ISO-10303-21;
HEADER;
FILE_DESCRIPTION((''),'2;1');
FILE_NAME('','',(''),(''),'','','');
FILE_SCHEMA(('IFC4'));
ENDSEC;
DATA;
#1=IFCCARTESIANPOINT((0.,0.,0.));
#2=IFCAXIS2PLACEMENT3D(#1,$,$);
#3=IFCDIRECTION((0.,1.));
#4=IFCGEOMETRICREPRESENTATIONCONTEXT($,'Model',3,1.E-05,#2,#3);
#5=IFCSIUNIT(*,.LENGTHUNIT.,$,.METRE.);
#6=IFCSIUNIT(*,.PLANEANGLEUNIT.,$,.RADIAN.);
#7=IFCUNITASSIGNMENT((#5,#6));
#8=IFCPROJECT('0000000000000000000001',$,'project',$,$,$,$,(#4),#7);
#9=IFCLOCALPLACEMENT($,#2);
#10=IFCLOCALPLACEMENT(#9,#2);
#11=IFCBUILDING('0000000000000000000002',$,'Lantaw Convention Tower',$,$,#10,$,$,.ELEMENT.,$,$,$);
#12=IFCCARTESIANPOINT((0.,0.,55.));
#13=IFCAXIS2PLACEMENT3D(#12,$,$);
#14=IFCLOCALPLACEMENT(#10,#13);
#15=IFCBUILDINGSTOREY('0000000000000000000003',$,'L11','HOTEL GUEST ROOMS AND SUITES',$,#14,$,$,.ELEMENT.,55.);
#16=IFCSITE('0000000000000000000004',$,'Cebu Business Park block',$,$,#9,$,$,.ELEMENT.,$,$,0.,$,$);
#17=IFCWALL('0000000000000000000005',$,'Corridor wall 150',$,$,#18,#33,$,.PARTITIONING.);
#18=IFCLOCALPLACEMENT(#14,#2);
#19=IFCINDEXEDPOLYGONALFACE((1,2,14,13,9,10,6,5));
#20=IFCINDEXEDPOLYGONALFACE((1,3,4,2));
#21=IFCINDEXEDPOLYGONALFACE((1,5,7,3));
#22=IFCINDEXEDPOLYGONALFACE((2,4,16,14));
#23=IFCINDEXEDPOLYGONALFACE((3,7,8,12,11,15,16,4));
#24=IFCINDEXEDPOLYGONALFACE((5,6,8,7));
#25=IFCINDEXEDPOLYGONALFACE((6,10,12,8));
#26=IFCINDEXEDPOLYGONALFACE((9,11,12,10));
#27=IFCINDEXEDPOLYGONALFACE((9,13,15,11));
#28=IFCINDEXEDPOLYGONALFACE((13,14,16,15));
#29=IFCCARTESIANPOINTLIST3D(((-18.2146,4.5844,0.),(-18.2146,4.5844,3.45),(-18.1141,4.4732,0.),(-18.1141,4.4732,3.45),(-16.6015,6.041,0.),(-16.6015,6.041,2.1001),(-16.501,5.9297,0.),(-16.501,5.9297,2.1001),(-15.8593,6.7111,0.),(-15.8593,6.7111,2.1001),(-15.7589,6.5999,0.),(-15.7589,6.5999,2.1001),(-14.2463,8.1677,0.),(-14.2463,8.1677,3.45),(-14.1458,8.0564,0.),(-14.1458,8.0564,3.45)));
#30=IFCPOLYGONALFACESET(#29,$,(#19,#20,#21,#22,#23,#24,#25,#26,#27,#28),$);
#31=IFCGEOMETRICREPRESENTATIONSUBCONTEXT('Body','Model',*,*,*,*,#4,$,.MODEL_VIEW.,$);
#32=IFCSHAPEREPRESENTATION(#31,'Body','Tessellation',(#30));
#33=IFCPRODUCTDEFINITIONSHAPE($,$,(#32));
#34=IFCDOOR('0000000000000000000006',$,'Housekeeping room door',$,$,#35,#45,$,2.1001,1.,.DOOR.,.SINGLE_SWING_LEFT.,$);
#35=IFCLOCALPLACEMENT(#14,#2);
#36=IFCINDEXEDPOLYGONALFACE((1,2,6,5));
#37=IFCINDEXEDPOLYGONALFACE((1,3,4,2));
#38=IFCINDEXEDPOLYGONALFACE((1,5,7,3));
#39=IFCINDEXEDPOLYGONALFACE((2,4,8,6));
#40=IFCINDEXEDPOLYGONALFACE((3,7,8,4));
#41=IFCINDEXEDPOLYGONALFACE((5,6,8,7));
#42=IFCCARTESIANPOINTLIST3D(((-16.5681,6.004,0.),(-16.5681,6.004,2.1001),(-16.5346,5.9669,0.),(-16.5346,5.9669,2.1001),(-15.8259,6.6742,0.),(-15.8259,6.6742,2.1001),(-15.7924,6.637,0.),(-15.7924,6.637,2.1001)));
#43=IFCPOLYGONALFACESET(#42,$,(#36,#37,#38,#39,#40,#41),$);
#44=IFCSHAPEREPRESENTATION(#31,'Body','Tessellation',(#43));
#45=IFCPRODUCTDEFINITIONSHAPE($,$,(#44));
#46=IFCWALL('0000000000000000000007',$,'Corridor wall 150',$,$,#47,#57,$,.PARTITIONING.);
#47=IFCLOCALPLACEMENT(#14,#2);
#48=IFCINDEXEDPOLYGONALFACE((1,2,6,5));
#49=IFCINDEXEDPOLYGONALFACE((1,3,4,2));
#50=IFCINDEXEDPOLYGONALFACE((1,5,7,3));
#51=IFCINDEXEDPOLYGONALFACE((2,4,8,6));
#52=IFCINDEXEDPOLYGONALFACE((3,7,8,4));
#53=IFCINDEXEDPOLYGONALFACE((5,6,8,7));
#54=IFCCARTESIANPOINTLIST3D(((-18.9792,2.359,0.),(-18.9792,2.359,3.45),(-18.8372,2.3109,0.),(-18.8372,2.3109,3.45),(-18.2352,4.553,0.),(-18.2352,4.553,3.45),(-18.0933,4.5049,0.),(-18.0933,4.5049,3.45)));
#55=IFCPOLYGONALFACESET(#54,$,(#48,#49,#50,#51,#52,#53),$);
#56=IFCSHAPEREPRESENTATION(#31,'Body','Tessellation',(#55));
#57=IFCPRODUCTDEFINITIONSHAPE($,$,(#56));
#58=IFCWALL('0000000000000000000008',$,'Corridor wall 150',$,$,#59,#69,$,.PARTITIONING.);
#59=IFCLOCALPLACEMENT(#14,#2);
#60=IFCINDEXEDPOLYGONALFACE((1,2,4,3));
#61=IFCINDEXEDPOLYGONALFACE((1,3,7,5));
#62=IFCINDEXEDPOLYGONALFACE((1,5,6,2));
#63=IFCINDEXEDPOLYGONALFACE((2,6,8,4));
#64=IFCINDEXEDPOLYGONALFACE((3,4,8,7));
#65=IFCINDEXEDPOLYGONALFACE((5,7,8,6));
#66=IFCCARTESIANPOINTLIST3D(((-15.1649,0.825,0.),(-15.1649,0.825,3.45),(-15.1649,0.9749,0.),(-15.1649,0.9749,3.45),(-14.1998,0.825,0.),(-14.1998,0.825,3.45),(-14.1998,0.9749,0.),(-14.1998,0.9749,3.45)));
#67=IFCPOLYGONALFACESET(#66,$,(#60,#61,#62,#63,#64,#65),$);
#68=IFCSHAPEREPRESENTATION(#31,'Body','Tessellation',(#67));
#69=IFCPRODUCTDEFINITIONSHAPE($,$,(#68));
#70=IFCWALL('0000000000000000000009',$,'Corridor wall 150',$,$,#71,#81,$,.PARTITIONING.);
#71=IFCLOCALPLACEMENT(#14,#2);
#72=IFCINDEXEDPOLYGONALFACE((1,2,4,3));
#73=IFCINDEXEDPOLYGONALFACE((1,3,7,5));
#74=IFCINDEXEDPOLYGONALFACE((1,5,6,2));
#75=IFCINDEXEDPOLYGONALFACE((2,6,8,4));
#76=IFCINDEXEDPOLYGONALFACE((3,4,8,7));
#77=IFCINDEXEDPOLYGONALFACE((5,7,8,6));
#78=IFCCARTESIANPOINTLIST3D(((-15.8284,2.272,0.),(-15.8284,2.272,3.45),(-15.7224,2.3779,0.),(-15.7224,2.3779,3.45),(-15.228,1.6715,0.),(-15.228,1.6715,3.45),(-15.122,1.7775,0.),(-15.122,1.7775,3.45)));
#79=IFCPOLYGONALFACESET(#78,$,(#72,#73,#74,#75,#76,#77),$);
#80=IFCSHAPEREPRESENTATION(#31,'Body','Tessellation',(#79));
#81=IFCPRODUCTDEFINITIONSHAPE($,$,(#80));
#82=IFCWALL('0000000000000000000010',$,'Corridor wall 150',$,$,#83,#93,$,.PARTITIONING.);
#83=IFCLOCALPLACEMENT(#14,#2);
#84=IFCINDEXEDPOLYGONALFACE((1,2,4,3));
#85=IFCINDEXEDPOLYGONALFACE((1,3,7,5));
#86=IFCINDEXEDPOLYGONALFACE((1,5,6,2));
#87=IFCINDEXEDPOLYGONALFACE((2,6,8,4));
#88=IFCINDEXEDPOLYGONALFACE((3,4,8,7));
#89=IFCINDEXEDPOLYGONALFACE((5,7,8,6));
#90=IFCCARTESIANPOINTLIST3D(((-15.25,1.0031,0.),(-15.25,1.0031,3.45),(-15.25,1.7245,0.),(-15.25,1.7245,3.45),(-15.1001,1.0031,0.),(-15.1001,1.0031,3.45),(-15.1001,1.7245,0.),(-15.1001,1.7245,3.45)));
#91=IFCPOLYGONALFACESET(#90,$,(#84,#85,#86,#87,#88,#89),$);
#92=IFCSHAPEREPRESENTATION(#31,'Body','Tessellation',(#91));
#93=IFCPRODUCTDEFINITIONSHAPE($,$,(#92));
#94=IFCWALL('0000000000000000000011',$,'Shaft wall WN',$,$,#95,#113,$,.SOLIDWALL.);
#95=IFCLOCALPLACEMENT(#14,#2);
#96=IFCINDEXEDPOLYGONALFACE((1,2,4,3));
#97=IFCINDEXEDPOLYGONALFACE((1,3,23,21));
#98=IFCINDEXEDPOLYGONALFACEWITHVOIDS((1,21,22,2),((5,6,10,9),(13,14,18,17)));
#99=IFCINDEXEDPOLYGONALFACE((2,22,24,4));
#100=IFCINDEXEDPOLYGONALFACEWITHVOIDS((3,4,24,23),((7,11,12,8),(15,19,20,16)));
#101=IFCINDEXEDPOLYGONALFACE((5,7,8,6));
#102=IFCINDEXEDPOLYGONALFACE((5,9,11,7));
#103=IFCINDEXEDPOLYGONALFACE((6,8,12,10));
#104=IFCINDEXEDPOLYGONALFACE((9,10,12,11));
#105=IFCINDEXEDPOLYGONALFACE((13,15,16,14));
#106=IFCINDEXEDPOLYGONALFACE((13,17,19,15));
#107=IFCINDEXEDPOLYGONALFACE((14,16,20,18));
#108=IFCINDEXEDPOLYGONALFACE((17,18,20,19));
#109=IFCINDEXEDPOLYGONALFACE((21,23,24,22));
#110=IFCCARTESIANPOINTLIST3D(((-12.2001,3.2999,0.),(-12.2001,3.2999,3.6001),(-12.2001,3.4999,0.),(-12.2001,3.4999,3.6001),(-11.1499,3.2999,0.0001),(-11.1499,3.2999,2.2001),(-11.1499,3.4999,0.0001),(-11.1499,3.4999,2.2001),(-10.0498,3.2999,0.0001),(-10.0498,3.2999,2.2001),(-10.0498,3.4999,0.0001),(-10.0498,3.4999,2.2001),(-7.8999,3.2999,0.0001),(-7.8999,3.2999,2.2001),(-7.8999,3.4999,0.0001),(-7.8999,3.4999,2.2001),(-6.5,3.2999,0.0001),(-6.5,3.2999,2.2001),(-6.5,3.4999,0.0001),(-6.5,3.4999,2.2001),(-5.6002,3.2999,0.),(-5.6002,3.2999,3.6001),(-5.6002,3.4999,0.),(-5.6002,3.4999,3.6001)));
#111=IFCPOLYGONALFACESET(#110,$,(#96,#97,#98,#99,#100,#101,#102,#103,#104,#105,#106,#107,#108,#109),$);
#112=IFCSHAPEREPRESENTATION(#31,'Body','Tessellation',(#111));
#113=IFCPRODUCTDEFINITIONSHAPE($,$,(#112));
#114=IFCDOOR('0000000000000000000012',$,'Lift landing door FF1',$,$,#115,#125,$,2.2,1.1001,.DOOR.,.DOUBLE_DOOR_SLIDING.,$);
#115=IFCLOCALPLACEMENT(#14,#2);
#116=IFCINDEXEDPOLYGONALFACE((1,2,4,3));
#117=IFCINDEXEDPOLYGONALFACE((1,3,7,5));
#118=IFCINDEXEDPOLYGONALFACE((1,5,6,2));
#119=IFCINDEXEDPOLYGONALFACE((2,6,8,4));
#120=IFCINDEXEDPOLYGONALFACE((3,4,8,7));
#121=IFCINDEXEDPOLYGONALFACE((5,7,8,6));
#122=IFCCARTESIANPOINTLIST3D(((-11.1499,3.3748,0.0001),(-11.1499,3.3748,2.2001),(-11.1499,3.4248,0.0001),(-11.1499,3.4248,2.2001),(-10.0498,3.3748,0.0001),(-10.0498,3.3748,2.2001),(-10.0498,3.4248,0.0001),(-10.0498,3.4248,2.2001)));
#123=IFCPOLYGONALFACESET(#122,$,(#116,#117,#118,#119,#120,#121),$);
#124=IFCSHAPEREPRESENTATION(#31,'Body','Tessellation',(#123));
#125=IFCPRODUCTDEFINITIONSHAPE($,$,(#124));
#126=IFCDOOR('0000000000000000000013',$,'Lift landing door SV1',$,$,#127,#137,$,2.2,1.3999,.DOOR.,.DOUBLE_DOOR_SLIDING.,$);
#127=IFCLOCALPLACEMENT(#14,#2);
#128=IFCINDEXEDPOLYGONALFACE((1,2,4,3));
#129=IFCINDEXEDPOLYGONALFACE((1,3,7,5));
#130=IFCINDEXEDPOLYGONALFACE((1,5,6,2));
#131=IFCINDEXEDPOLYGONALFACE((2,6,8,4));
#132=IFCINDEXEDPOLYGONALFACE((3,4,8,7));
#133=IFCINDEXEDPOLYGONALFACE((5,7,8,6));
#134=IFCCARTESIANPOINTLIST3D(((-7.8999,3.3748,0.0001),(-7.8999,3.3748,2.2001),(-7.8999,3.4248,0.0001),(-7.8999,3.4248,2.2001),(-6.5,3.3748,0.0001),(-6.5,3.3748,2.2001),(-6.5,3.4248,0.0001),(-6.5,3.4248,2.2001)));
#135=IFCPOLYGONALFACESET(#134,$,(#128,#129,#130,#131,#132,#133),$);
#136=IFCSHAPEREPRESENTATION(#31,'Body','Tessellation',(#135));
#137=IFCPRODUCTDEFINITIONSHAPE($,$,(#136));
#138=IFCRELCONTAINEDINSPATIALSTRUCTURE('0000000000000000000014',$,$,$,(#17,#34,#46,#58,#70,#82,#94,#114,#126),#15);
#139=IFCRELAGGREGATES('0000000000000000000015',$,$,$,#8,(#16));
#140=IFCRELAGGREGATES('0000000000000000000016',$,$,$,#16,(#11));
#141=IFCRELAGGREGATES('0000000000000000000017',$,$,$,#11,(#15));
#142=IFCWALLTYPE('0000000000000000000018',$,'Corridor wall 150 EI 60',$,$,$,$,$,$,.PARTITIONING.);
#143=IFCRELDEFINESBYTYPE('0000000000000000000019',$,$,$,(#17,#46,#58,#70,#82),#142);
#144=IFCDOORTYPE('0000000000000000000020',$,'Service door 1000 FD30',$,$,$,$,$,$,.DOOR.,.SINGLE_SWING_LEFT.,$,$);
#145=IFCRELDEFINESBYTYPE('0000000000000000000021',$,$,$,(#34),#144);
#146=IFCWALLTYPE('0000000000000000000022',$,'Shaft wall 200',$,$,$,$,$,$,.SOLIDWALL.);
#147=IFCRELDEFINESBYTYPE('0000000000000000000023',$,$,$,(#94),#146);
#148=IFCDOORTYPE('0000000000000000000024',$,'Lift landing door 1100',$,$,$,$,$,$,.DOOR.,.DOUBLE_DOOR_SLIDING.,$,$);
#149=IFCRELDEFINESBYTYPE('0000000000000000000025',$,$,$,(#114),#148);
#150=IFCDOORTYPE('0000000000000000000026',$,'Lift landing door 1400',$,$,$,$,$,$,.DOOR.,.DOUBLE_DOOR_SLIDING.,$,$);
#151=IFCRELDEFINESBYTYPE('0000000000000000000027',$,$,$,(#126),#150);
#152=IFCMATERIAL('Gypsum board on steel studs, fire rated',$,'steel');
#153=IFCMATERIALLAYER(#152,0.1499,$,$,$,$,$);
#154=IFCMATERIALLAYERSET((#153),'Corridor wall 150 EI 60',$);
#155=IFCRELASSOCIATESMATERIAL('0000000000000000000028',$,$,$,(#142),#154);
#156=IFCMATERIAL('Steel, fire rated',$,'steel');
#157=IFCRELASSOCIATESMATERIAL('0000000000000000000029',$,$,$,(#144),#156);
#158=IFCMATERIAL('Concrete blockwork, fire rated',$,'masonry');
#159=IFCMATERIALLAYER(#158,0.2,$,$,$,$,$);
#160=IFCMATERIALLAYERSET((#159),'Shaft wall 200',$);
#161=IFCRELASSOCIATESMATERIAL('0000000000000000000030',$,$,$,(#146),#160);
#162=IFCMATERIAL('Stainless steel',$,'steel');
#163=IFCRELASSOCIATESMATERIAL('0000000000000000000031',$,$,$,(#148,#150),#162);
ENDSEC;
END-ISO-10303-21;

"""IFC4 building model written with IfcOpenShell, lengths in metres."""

from ifc_helpers import new_model, si_unit, direction, frame, frame_2d, origin, place, context, subcontext, project, spatial, rectangle, extrude, material, layer, layer_set, type_object, element, fill, save


model = new_model("IFC4")

# Units and contexts
model_context = context("Model", 3, precision=1e-05, world=origin(), true_north=direction((0.0, 1.0)))
body_context = subcontext(model_context, "Body", "Model", "MODEL_VIEW")
ifc_project = project(units=[si_unit("LENGTHUNIT", "METRE"), si_unit("PLANEANGLEUNIT", "RADIAN")], contexts=[model_context])

# Site, building, storey
site_placement = place(None, origin())
site = spatial("IfcSite", under=ifc_project, at=site_placement, Name="Cebu Business Park block", CompositionType="ELEMENT", RefElevation=0.0)
building_placement = place(site_placement, origin())
building = spatial("IfcBuilding", under=site, at=building_placement, Name="Lantaw Convention Tower", CompositionType="ELEMENT")
storey_placement = place(building_placement, frame((0.0, 0.0, 55.0)))
storey = spatial("IfcBuildingStorey", under=building, at=storey_placement, Name="L11", Description="HOTEL GUEST ROOMS AND SUITES", CompositionType="ELEMENT", Elevation=55.0)

# Wall, opening, door
ifc_material_1 = material(Name="Gypsum board on steel studs, fire rated", Category="steel")
ifc_layer_1 = layer(ifc_material_1, 0.1499)
ifc_layer_set_1 = layer_set([ifc_layer_1], Name="Corridor wall 150 EI 60")
wall_type_1 = type_object("IfcWallType", Name="Corridor wall 150 EI 60", PredefinedType="PARTITIONING", material=ifc_layer_set_1)
wall_1_placement = place(storey_placement, frame((-14.196, 8.1121, 0.0), z_axis=(0.0, 0.0, 1.0), x_axis=(-0.742194, -0.670185, 0.0)))
wall_1 = element("IfcWall", 1, at=wall_1_placement, inside=storey, type_object=wall_type_1, Name="Corridor wall 150", PredefinedType="PARTITIONING", context=body_context, shape_type="SweptSolid", body=[
    extrude(rectangle(XDim=5.3467, YDim=0.1499, at=frame_2d((2.6733, 0.0))), origin(), (0.0, 0.0, 1.0), 3.45),
])
opening_1_placement = place(wall_1_placement, frame((2.1733, 0.0, 0.0)))
opening_1 = element("IfcOpeningElement", 2, at=opening_1_placement, cuts=wall_1, PredefinedType="OPENING", context=body_context, shape_type="SweptSolid", body=[
    extrude(rectangle(XDim=1.0, YDim=2.1001, at=frame_2d((0.5, 1.05))), frame((0.0, 0.085, 0.0), z_axis=(0.0, -1.0, 0.0), x_axis=(1.0, 0.0, 0.0)), (0.0, 0.0, 1.0), 0.1699),
])
ifc_material_2 = material(Name="Steel, fire rated", Category="steel")
door_type_1 = type_object("IfcDoorType", Name="Service door 1000 FD30", OperationType="SINGLE_SWING_LEFT", PredefinedType="DOOR", material=ifc_material_2)
door_1_placement = place(opening_1_placement, origin())
door_1 = element("IfcDoor", 3, at=door_1_placement, inside=storey, type_object=door_type_1, Name="Housekeeping room door", OperationType="SINGLE_SWING_LEFT", OverallHeight=2.1001, OverallWidth=1.0, PredefinedType="DOOR", context=body_context, shape_type="SweptSolid", body=[
    extrude(rectangle(XDim=1.0, YDim=2.1001, at=frame_2d((0.5, 1.05))), frame((0.0, 0.0249, 0.0), z_axis=(0.0, -1.0, 0.0), x_axis=(1.0, 0.0, 0.0)), (0.0, 0.0, 1.0), 0.05),
])
fill(opening_1, door_1)

# Walls
wall_2_placement = place(storey_placement, frame((-18.1643, 4.5288, 0.0), z_axis=(0.0, 0.0, 1.0), x_axis=(-0.321124, -0.947037, 0.0)))
element("IfcWall", 4, at=wall_2_placement, inside=storey, type_object=wall_type_1, Name="Corridor wall 150", PredefinedType="PARTITIONING", context=body_context, shape_type="SweptSolid", body=[
    extrude(rectangle(XDim=2.3167, YDim=0.1499, at=frame_2d((1.1582, 0.0))), origin(), (0.0, 0.0, 1.0), 3.45),
])
wall_3_placement = place(storey_placement, frame((-14.2, 0.8999, 0.0), z_axis=(0.0, 0.0, 1.0), x_axis=(-1.0, 0.0, 0.0)))
element("IfcWall", 5, at=wall_3_placement, inside=storey, type_object=wall_type_1, Name="Corridor wall 150", PredefinedType="PARTITIONING", context=body_context, shape_type="SweptSolid", body=[
    extrude(rectangle(XDim=0.9651, YDim=0.1499, at=frame_2d((0.4824, 0.0))), origin(), (0.0, 0.0, 1.0), 3.45),
])
wall_4_placement = place(storey_placement, frame((-15.7754, 2.325, 0.0), z_axis=(0.0, 0.0, 1.0), x_axis=(0.707107, -0.707107, 0.0)))
element("IfcWall", 6, at=wall_4_placement, inside=storey, type_object=wall_type_1, Name="Corridor wall 150", PredefinedType="PARTITIONING", context=body_context, shape_type="SweptSolid", body=[
    extrude(rectangle(XDim=0.8491, YDim=0.1499, at=frame_2d((0.4246, 0.0))), origin(), (0.0, 0.0, 1.0), 3.45),
])
wall_5_placement = place(storey_placement, frame((-15.175, 1.7246, 0.0), z_axis=(0.0, 0.0, 1.0), x_axis=(0.0, -1.0, 0.0)))
element("IfcWall", 7, at=wall_5_placement, inside=storey, type_object=wall_type_1, Name="Corridor wall 150", PredefinedType="PARTITIONING", context=body_context, shape_type="SweptSolid", body=[
    extrude(rectangle(XDim=0.7214, YDim=0.1499, at=frame_2d((0.3608, 0.0))), origin(), (0.0, 0.0, 1.0), 3.45),
])

# Wall, openings, doors
ifc_material_3 = material(Name="Concrete blockwork, fire rated", Category="masonry")
ifc_layer_2 = layer(ifc_material_3, 0.2)
ifc_layer_set_2 = layer_set([ifc_layer_2], Name="Shaft wall 200")
wall_type_2 = type_object("IfcWallType", Name="Shaft wall 200", PredefinedType="SOLIDWALL", material=ifc_layer_set_2)
wall_6_placement = place(storey_placement, frame((-12.2, 3.3999, 0.0), z_axis=(0.0, 0.0, 1.0), x_axis=(1.0, 0.0, 0.0)))
wall_6 = element("IfcWall", 8, at=wall_6_placement, inside=storey, type_object=wall_type_2, Name="Shaft wall WN", PredefinedType="SOLIDWALL", context=body_context, shape_type="SweptSolid", body=[
    extrude(rectangle(XDim=6.5999, YDim=0.2, at=frame_2d((3.2998, 0.0))), origin(), (0.0, 0.0, 1.0), 3.6001),
])
opening_2_placement = place(wall_6_placement, frame((1.05, 0.0, 0.0)))
opening_2 = element("IfcOpeningElement", 9, at=opening_2_placement, cuts=wall_6, PredefinedType="OPENING", context=body_context, shape_type="SweptSolid", body=[
    extrude(rectangle(XDim=1.1001, YDim=2.2, at=frame_2d((0.55, 1.1001))), frame((0.0, 0.1099, 0.0), z_axis=(0.0, -1.0, 0.0), x_axis=(1.0, 0.0, 0.0)), (0.0, 0.0, 1.0), 0.22),
])
opening_3_placement = place(wall_6_placement, frame((4.3, 0.0, 0.0)))
opening_3 = element("IfcOpeningElement", 10, at=opening_3_placement, cuts=wall_6, PredefinedType="OPENING", context=body_context, shape_type="SweptSolid", body=[
    extrude(rectangle(XDim=1.3999, YDim=2.2, at=frame_2d((0.7, 1.1001))), frame((0.0, 0.1099, 0.0), z_axis=(0.0, -1.0, 0.0), x_axis=(1.0, 0.0, 0.0)), (0.0, 0.0, 1.0), 0.22),
])
ifc_material_4 = material(Name="Stainless steel", Category="steel")
door_type_2 = type_object("IfcDoorType", Name="Lift landing door 1100", OperationType="DOUBLE_DOOR_SLIDING", PredefinedType="DOOR", material=ifc_material_4)
door_2_placement = place(opening_2_placement, origin())
door_2 = element("IfcDoor", 11, at=door_2_placement, inside=storey, type_object=door_type_2, Name="Lift landing door FF1", OperationType="DOUBLE_DOOR_SLIDING", OverallHeight=2.2, OverallWidth=1.1001, PredefinedType="DOOR", context=body_context, shape_type="SweptSolid", body=[
    extrude(rectangle(XDim=1.1001, YDim=2.2, at=frame_2d((0.55, 1.1001))), frame((0.0, 0.0249, 0.0), z_axis=(0.0, -1.0, 0.0), x_axis=(1.0, 0.0, 0.0)), (0.0, 0.0, 1.0), 0.05),
])
fill(opening_2, door_2)
door_type_3 = type_object("IfcDoorType", Name="Lift landing door 1400", OperationType="DOUBLE_DOOR_SLIDING", PredefinedType="DOOR", material=ifc_material_4)
door_3_placement = place(opening_3_placement, origin())
door_3 = element("IfcDoor", 12, at=door_3_placement, inside=storey, type_object=door_type_3, Name="Lift landing door SV1", OperationType="DOUBLE_DOOR_SLIDING", OverallHeight=2.2, OverallWidth=1.3999, PredefinedType="DOOR", context=body_context, shape_type="SweptSolid", body=[
    extrude(rectangle(XDim=1.3999, YDim=2.2, at=frame_2d((0.7, 1.1001))), frame((0.0, 0.0249, 0.0), z_axis=(0.0, -1.0, 0.0), x_axis=(1.0, 0.0, 0.0)), (0.0, 0.0, 1.0), 0.05),
])
fill(opening_3, door_3)

save(model, "model.ifc")
